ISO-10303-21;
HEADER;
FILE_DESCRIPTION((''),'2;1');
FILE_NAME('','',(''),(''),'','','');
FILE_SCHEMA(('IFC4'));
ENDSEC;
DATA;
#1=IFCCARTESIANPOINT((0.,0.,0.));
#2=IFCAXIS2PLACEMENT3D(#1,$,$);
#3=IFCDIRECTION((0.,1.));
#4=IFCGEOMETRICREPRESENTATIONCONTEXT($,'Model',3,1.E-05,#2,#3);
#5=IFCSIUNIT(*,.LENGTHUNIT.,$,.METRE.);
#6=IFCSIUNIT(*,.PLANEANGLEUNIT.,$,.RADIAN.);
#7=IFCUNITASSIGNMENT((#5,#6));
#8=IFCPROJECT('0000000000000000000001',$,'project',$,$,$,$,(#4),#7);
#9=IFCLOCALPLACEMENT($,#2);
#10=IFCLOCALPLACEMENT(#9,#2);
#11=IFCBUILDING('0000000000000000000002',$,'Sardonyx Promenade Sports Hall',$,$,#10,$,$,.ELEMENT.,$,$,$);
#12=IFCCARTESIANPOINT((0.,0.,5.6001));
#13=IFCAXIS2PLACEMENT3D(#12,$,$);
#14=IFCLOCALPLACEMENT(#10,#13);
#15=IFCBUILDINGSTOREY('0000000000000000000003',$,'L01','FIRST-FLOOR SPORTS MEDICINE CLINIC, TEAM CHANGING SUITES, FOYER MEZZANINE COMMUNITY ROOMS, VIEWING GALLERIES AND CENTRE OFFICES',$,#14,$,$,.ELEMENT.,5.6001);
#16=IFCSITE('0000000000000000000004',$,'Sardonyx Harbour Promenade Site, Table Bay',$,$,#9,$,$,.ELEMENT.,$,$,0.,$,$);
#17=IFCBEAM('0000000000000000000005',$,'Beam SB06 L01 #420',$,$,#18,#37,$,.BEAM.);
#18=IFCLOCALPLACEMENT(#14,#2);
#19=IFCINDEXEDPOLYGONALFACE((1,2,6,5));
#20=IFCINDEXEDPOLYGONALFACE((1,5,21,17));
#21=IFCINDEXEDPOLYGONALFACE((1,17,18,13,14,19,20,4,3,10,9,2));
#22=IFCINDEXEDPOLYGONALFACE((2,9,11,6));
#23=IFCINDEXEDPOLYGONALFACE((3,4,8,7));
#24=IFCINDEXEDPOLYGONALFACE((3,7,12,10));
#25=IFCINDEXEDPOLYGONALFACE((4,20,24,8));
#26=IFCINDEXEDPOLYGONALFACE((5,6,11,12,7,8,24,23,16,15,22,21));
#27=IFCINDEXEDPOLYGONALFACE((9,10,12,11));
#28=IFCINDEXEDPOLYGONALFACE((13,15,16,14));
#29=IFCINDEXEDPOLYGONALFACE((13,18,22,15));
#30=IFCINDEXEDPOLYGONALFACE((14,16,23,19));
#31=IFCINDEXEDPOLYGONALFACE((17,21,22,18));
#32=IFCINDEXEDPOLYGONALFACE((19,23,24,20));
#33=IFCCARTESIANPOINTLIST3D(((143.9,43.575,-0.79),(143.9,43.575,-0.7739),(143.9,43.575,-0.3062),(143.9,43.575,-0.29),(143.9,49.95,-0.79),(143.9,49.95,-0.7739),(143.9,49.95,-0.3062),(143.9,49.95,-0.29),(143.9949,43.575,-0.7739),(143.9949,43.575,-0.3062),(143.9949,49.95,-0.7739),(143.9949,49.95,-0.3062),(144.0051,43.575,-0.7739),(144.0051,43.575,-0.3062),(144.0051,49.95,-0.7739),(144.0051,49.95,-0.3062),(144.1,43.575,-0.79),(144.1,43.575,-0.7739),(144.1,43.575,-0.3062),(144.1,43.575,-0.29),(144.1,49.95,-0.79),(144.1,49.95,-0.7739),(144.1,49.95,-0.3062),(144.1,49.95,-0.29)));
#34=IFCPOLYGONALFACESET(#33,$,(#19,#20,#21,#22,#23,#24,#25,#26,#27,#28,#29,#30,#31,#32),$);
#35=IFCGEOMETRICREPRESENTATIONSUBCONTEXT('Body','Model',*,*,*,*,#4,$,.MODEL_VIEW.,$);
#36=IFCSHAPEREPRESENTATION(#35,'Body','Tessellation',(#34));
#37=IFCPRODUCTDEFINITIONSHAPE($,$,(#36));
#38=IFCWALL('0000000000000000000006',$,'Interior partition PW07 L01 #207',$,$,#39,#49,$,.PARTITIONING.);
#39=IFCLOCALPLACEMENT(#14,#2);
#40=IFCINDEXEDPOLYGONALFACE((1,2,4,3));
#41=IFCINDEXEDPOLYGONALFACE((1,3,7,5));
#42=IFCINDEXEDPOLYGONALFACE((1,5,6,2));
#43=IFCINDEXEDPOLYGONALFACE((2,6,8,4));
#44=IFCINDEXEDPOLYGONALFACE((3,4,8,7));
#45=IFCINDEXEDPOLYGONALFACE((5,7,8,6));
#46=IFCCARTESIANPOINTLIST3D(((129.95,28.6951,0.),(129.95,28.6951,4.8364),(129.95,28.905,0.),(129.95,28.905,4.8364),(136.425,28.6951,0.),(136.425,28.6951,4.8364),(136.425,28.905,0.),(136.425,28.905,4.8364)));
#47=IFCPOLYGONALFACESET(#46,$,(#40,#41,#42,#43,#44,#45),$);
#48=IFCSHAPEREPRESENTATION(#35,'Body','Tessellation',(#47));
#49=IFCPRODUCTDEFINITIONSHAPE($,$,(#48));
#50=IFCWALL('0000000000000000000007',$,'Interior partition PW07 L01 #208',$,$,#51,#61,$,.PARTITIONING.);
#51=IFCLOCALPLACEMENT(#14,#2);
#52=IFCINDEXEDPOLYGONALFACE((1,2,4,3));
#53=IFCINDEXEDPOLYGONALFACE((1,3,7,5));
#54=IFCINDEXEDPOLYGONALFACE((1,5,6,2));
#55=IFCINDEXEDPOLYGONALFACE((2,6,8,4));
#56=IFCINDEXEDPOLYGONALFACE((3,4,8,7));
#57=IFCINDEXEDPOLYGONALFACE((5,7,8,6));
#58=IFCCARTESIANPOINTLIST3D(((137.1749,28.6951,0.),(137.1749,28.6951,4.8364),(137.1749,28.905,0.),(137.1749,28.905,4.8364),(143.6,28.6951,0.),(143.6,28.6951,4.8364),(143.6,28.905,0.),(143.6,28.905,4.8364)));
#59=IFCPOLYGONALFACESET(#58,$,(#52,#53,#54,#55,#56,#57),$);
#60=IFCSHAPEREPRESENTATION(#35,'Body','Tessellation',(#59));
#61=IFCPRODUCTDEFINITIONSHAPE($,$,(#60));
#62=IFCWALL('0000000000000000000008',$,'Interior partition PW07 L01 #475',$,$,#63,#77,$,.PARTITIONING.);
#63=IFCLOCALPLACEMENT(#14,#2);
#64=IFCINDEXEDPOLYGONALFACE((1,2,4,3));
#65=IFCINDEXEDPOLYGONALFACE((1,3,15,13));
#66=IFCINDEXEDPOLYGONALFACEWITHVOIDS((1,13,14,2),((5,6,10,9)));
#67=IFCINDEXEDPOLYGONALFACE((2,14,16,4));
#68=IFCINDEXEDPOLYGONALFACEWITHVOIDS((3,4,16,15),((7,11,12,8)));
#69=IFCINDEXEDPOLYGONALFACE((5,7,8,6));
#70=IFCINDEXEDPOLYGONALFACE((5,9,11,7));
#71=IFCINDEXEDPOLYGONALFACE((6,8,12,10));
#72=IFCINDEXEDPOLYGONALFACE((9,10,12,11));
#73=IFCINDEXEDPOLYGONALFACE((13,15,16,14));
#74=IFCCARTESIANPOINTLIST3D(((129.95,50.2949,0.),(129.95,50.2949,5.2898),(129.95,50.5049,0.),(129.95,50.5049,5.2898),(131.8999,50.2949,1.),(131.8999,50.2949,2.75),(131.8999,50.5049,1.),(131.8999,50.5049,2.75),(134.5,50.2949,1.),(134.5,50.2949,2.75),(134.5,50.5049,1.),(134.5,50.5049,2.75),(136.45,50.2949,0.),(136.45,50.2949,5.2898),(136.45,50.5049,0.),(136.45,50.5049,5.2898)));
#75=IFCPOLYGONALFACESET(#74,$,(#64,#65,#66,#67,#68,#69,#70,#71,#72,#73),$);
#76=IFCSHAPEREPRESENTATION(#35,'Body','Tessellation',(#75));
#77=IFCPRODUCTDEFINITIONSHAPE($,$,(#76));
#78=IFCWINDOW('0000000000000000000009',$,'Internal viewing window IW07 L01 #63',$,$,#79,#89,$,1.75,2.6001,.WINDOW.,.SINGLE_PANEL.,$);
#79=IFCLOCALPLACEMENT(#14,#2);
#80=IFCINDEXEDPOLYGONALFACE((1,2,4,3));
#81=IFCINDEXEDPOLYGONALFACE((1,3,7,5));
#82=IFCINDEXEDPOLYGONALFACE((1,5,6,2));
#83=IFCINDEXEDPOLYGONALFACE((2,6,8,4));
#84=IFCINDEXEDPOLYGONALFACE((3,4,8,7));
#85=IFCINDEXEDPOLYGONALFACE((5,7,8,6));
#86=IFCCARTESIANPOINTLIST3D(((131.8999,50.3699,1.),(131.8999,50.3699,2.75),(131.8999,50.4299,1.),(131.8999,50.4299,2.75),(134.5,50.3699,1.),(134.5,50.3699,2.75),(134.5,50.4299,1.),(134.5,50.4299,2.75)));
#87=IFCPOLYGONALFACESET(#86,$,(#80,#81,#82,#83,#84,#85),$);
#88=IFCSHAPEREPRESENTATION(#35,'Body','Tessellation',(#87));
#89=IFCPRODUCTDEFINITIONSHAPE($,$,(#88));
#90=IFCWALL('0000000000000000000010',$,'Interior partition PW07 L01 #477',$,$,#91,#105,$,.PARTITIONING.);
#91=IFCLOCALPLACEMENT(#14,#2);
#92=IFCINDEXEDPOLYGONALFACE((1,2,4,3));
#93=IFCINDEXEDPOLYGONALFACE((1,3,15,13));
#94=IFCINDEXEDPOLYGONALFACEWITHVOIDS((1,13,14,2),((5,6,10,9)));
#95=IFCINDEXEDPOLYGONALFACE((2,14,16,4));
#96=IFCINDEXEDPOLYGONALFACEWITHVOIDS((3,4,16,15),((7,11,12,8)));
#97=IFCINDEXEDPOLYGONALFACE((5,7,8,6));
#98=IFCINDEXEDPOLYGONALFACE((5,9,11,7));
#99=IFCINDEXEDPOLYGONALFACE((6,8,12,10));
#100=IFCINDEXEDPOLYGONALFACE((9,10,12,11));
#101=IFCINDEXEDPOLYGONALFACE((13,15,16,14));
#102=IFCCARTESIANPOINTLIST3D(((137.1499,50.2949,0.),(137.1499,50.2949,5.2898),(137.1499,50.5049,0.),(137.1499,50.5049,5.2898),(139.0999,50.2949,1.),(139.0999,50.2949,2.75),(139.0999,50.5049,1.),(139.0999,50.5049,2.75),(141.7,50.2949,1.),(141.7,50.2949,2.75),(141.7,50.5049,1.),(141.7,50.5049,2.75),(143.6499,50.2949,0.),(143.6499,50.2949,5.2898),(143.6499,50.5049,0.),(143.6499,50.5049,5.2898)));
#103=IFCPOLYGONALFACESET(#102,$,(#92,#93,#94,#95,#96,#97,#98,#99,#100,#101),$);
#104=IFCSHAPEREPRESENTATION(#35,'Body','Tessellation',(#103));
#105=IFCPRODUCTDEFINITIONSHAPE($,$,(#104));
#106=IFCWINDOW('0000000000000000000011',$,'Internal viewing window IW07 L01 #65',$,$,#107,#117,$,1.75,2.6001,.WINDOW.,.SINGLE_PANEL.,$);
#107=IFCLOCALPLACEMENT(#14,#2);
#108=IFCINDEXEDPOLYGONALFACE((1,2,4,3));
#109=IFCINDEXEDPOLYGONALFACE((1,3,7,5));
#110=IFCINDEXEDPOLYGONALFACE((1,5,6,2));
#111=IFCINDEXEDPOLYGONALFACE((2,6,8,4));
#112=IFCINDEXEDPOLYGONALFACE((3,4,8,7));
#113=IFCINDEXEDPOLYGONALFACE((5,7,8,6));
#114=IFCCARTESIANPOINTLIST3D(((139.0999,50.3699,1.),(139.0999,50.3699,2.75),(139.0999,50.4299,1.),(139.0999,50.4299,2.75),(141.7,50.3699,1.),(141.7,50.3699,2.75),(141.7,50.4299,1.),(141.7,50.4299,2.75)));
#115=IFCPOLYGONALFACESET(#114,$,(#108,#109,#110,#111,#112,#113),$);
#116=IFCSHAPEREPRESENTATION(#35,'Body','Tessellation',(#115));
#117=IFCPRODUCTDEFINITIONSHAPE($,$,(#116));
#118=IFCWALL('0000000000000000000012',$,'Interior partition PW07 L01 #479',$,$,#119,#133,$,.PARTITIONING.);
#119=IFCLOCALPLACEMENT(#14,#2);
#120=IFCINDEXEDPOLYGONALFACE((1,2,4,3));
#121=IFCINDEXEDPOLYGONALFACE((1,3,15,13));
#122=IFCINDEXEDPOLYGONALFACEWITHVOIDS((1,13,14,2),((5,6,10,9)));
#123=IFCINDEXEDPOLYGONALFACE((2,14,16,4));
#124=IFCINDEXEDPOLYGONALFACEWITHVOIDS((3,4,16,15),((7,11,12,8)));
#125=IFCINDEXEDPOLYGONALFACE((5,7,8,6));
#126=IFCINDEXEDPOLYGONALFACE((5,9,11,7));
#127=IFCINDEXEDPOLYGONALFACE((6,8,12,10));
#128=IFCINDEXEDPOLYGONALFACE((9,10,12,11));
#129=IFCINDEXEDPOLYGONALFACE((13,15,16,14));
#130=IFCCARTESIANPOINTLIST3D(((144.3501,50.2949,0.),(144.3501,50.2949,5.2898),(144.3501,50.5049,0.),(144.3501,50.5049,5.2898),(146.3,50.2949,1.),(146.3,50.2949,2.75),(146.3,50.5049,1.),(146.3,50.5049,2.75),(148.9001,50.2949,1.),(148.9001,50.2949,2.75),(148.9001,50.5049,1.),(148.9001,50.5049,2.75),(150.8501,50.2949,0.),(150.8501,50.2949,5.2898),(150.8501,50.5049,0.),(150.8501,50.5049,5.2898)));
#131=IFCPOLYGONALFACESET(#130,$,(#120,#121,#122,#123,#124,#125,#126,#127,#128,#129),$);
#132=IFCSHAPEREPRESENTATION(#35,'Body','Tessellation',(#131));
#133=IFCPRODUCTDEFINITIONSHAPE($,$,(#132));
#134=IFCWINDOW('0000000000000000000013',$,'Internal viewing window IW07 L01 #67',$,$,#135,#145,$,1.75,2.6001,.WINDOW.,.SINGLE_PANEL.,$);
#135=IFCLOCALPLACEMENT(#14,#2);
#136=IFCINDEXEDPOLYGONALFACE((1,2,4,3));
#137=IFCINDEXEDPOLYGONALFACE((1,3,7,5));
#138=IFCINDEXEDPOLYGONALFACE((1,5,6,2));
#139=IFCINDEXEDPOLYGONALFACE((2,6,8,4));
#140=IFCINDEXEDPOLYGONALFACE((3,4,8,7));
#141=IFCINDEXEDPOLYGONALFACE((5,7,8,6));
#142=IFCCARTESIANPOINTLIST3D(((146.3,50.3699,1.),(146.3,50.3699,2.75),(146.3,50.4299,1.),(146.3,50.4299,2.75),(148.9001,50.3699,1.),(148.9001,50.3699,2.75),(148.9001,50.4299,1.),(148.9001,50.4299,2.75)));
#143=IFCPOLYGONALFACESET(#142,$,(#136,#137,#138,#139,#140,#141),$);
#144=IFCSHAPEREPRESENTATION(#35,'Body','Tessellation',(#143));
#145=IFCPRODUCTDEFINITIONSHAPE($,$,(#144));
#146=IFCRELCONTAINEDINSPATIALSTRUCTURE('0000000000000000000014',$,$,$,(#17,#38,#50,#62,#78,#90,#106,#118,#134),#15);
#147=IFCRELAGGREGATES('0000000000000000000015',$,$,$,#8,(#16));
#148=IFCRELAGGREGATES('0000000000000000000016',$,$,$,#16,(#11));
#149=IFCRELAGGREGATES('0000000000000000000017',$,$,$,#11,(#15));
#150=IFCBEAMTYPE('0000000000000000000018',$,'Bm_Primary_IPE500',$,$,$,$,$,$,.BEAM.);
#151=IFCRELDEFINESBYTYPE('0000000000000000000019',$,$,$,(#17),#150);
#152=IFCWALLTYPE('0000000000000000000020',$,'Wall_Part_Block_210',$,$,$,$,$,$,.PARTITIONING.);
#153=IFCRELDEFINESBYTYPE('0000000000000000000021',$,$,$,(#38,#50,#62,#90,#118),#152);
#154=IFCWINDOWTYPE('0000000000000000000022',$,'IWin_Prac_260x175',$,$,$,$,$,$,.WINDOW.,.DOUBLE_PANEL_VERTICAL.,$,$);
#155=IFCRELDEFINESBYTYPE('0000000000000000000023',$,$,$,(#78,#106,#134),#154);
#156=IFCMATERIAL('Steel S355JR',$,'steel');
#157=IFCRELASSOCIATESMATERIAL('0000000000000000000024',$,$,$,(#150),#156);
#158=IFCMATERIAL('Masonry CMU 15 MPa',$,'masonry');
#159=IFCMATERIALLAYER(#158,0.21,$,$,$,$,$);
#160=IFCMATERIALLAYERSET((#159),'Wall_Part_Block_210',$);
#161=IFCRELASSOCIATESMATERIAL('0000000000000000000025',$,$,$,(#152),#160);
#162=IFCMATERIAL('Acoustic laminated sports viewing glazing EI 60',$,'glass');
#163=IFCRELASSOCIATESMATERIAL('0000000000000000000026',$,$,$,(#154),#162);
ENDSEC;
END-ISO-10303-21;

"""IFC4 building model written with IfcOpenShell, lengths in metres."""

from ifc_helpers import new_model, si_unit, direction, frame, frame_2d, origin, origin_2d, place, context, subcontext, project, spatial, rectangle, i_section, extrude, material, layer, layer_set, material_profile, profile_set, type_object, element, fill, save


model = new_model("IFC4")

# Units and contexts
model_context = context("Model", 3, precision=1e-05, world=origin(), true_north=direction((0.0, 1.0)))
body_context = subcontext(model_context, "Body", "Model", "MODEL_VIEW")
ifc_project = project(units=[si_unit("LENGTHUNIT", "METRE"), si_unit("PLANEANGLEUNIT", "RADIAN")], contexts=[model_context])

# Site, building, storey
site_placement = place(None, origin())
site = spatial("IfcSite", under=ifc_project, at=site_placement, Name="Sardonyx Harbour Promenade Site, Table Bay", CompositionType="ELEMENT", RefElevation=0.0)
building_placement = place(site_placement, origin())
building = spatial("IfcBuilding", under=site, at=building_placement, Name="Sardonyx Promenade Sports Hall", CompositionType="ELEMENT")
storey_placement = place(building_placement, frame((0.0, 0.0, 5.6001)))
storey = spatial("IfcBuildingStorey", under=building, at=storey_placement, Name="L01", Description="FIRST-FLOOR SPORTS MEDICINE CLINIC, TEAM CHANGING SUITES, FOYER MEZZANINE COMMUNITY ROOMS, VIEWING GALLERIES AND CENTRE OFFICES", CompositionType="ELEMENT", Elevation=5.6001)

# Beam
ifc_material_1 = material(Name="Steel S355JR", Category="steel")
ifc_material_profile_1 = material_profile(ifc_material_1, i_section(OverallWidth=0.2, OverallDepth=0.5, WebThickness=0.0103, FlangeThickness=0.0161, at=origin_2d()))
ifc_profile_set_1 = profile_set([ifc_material_profile_1], Name="Steel S355JR")
beam_type_1 = type_object("IfcBeamType", Name="Bm_Primary_IPE500", PredefinedType="BEAM", material=ifc_profile_set_1)
beam_1_placement = place(storey_placement, frame((144.0, 43.575, -0.54), z_axis=(0.0, 1.0, 0.0), x_axis=(-1.0, 0.0, 0.0)))
element("IfcBeam", 1, at=beam_1_placement, inside=storey, type_object=beam_type_1, Name="Beam SB06 L01 #420", PredefinedType="BEAM", context=body_context, shape_type="SweptSolid", body=[
    extrude(i_section(OverallWidth=0.2, OverallDepth=0.5, WebThickness=0.0103, FlangeThickness=0.0161, at=origin_2d()), origin(), (0.0, 0.0, 1.0), 6.375),
])

# Walls
ifc_material_2 = material(Name="Masonry CMU 15 MPa", Category="masonry")
ifc_layer = layer(ifc_material_2, 0.21)
ifc_layer_set = layer_set([ifc_layer], Name="Wall_Part_Block_210")
wall_type = type_object("IfcWallType", Name="Wall_Part_Block_210", PredefinedType="PARTITIONING", material=ifc_layer_set)
wall_1_placement = place(storey_placement, frame((129.95, 28.8, 0.0), z_axis=(0.0, 0.0, 1.0), x_axis=(1.0, 0.0, 0.0)))
element("IfcWall", 2, at=wall_1_placement, inside=storey, type_object=wall_type, Name="Interior partition PW07 L01 #207", PredefinedType="PARTITIONING", context=body_context, shape_type="SweptSolid", body=[
    extrude(rectangle(XDim=6.4751, YDim=0.21, at=frame_2d((3.2375, 0.0))), origin(), (0.0, 0.0, 1.0), 4.8364),
])
wall_2_placement = place(storey_placement, frame((137.175, 28.8, 0.0), z_axis=(0.0, 0.0, 1.0), x_axis=(1.0, 0.0, 0.0)))
element("IfcWall", 3, at=wall_2_placement, inside=storey, type_object=wall_type, Name="Interior partition PW07 L01 #208", PredefinedType="PARTITIONING", context=body_context, shape_type="SweptSolid", body=[
    extrude(rectangle(XDim=6.425, YDim=0.21, at=frame_2d((3.2124, 0.0))), origin(), (0.0, 0.0, 1.0), 4.8364),
])

# Walls, openings, windows
wall_3_placement = place(storey_placement, frame((129.95, 50.3999, 0.0), z_axis=(0.0, 0.0, 1.0), x_axis=(1.0, 0.0, 0.0)))
wall_3 = element("IfcWall", 4, at=wall_3_placement, inside=storey, type_object=wall_type, Name="Interior partition PW07 L01 #475", PredefinedType="PARTITIONING", context=body_context, shape_type="SweptSolid", body=[
    extrude(rectangle(XDim=6.5, YDim=0.21, at=frame_2d((3.25, 0.0))), origin(), (0.0, 0.0, 1.0), 5.2898),
])
opening_1_placement = place(wall_3_placement, frame((1.95, 0.0, 1.0)))
opening_1 = element("IfcOpeningElement", 5, at=opening_1_placement, cuts=wall_3, PredefinedType="OPENING", context=body_context, shape_type="SweptSolid", body=[
    extrude(rectangle(XDim=2.6001, YDim=1.75, at=frame_2d((1.3, 0.875))), frame((0.0, 0.115, 0.0), z_axis=(0.0, -1.0, 0.0), x_axis=(1.0, 0.0, 0.0)), (0.0, 0.0, 1.0), 0.23),
])
ifc_material_3 = material(Name="Acoustic laminated sports viewing glazing EI 60", Category="glass")
window_type = type_object("IfcWindowType", Name="IWin_Prac_260x175", PartitioningType="DOUBLE_PANEL_VERTICAL", PredefinedType="WINDOW", material=ifc_material_3)
window_1_placement = place(opening_1_placement, origin())
window_1 = element("IfcWindow", 6, at=window_1_placement, inside=storey, type_object=window_type, Name="Internal viewing window IW07 L01 #63", OverallHeight=1.75, OverallWidth=2.6001, PartitioningType="SINGLE_PANEL", PredefinedType="WINDOW", context=body_context, shape_type="SweptSolid", body=[
    extrude(rectangle(XDim=2.6001, YDim=1.75, at=frame_2d((1.3, 0.875))), frame((0.0, 0.03, 0.0), z_axis=(0.0, -1.0, 0.0), x_axis=(1.0, 0.0, 0.0)), (0.0, 0.0, 1.0), 0.0601),
])
fill(opening_1, window_1)
wall_4_placement = place(storey_placement, frame((137.1499, 50.3999, 0.0), z_axis=(0.0, 0.0, 1.0), x_axis=(1.0, 0.0, 0.0)))
wall_4 = element("IfcWall", 7, at=wall_4_placement, inside=storey, type_object=wall_type, Name="Interior partition PW07 L01 #477", PredefinedType="PARTITIONING", context=body_context, shape_type="SweptSolid", body=[
    extrude(rectangle(XDim=6.5, YDim=0.21, at=frame_2d((3.25, 0.0))), origin(), (0.0, 0.0, 1.0), 5.2898),
])
opening_2_placement = place(wall_4_placement, frame((1.95, 0.0, 1.0)))
opening_2 = element("IfcOpeningElement", 8, at=opening_2_placement, cuts=wall_4, PredefinedType="OPENING", context=body_context, shape_type="SweptSolid", body=[
    extrude(rectangle(XDim=2.6001, YDim=1.75, at=frame_2d((1.3, 0.875))), frame((0.0, 0.115, 0.0), z_axis=(0.0, -1.0, 0.0), x_axis=(1.0, 0.0, 0.0)), (0.0, 0.0, 1.0), 0.23),
])
window_2_placement = place(opening_2_placement, origin())
window_2 = element("IfcWindow", 9, at=window_2_placement, inside=storey, type_object=window_type, Name="Internal viewing window IW07 L01 #65", OverallHeight=1.75, OverallWidth=2.6001, PartitioningType="SINGLE_PANEL", PredefinedType="WINDOW", context=body_context, shape_type="SweptSolid", body=[
    extrude(rectangle(XDim=2.6001, YDim=1.75, at=frame_2d((1.3, 0.875))), frame((0.0, 0.03, 0.0), z_axis=(0.0, -1.0, 0.0), x_axis=(1.0, 0.0, 0.0)), (0.0, 0.0, 1.0), 0.0601),
])
fill(opening_2, window_2)
wall_5_placement = place(storey_placement, frame((144.3501, 50.3999, 0.0), z_axis=(0.0, 0.0, 1.0), x_axis=(1.0, 0.0, 0.0)))
wall_5 = element("IfcWall", 10, at=wall_5_placement, inside=storey, type_object=wall_type, Name="Interior partition PW07 L01 #479", PredefinedType="PARTITIONING", context=body_context, shape_type="SweptSolid", body=[
    extrude(rectangle(XDim=6.5, YDim=0.21, at=frame_2d((3.25, 0.0))), origin(), (0.0, 0.0, 1.0), 5.2898),
])
opening_3_placement = place(wall_5_placement, frame((1.95, 0.0, 1.0)))
opening_3 = element("IfcOpeningElement", 11, at=opening_3_placement, cuts=wall_5, PredefinedType="OPENING", context=body_context, shape_type="SweptSolid", body=[
    extrude(rectangle(XDim=2.6001, YDim=1.75, at=frame_2d((1.3, 0.875))), frame((0.0, 0.115, 0.0), z_axis=(0.0, -1.0, 0.0), x_axis=(1.0, 0.0, 0.0)), (0.0, 0.0, 1.0), 0.23),
])
window_3_placement = place(opening_3_placement, origin())
window_3 = element("IfcWindow", 12, at=window_3_placement, inside=storey, type_object=window_type, Name="Internal viewing window IW07 L01 #67", OverallHeight=1.75, OverallWidth=2.6001, PartitioningType="SINGLE_PANEL", PredefinedType="WINDOW", context=body_context, shape_type="SweptSolid", body=[
    extrude(rectangle(XDim=2.6001, YDim=1.75, at=frame_2d((1.3, 0.875))), frame((0.0, 0.03, 0.0), z_axis=(0.0, -1.0, 0.0), x_axis=(1.0, 0.0, 0.0)), (0.0, 0.0, 1.0), 0.0601),
])
fill(opening_3, window_3)

save(model, "model.ifc")
